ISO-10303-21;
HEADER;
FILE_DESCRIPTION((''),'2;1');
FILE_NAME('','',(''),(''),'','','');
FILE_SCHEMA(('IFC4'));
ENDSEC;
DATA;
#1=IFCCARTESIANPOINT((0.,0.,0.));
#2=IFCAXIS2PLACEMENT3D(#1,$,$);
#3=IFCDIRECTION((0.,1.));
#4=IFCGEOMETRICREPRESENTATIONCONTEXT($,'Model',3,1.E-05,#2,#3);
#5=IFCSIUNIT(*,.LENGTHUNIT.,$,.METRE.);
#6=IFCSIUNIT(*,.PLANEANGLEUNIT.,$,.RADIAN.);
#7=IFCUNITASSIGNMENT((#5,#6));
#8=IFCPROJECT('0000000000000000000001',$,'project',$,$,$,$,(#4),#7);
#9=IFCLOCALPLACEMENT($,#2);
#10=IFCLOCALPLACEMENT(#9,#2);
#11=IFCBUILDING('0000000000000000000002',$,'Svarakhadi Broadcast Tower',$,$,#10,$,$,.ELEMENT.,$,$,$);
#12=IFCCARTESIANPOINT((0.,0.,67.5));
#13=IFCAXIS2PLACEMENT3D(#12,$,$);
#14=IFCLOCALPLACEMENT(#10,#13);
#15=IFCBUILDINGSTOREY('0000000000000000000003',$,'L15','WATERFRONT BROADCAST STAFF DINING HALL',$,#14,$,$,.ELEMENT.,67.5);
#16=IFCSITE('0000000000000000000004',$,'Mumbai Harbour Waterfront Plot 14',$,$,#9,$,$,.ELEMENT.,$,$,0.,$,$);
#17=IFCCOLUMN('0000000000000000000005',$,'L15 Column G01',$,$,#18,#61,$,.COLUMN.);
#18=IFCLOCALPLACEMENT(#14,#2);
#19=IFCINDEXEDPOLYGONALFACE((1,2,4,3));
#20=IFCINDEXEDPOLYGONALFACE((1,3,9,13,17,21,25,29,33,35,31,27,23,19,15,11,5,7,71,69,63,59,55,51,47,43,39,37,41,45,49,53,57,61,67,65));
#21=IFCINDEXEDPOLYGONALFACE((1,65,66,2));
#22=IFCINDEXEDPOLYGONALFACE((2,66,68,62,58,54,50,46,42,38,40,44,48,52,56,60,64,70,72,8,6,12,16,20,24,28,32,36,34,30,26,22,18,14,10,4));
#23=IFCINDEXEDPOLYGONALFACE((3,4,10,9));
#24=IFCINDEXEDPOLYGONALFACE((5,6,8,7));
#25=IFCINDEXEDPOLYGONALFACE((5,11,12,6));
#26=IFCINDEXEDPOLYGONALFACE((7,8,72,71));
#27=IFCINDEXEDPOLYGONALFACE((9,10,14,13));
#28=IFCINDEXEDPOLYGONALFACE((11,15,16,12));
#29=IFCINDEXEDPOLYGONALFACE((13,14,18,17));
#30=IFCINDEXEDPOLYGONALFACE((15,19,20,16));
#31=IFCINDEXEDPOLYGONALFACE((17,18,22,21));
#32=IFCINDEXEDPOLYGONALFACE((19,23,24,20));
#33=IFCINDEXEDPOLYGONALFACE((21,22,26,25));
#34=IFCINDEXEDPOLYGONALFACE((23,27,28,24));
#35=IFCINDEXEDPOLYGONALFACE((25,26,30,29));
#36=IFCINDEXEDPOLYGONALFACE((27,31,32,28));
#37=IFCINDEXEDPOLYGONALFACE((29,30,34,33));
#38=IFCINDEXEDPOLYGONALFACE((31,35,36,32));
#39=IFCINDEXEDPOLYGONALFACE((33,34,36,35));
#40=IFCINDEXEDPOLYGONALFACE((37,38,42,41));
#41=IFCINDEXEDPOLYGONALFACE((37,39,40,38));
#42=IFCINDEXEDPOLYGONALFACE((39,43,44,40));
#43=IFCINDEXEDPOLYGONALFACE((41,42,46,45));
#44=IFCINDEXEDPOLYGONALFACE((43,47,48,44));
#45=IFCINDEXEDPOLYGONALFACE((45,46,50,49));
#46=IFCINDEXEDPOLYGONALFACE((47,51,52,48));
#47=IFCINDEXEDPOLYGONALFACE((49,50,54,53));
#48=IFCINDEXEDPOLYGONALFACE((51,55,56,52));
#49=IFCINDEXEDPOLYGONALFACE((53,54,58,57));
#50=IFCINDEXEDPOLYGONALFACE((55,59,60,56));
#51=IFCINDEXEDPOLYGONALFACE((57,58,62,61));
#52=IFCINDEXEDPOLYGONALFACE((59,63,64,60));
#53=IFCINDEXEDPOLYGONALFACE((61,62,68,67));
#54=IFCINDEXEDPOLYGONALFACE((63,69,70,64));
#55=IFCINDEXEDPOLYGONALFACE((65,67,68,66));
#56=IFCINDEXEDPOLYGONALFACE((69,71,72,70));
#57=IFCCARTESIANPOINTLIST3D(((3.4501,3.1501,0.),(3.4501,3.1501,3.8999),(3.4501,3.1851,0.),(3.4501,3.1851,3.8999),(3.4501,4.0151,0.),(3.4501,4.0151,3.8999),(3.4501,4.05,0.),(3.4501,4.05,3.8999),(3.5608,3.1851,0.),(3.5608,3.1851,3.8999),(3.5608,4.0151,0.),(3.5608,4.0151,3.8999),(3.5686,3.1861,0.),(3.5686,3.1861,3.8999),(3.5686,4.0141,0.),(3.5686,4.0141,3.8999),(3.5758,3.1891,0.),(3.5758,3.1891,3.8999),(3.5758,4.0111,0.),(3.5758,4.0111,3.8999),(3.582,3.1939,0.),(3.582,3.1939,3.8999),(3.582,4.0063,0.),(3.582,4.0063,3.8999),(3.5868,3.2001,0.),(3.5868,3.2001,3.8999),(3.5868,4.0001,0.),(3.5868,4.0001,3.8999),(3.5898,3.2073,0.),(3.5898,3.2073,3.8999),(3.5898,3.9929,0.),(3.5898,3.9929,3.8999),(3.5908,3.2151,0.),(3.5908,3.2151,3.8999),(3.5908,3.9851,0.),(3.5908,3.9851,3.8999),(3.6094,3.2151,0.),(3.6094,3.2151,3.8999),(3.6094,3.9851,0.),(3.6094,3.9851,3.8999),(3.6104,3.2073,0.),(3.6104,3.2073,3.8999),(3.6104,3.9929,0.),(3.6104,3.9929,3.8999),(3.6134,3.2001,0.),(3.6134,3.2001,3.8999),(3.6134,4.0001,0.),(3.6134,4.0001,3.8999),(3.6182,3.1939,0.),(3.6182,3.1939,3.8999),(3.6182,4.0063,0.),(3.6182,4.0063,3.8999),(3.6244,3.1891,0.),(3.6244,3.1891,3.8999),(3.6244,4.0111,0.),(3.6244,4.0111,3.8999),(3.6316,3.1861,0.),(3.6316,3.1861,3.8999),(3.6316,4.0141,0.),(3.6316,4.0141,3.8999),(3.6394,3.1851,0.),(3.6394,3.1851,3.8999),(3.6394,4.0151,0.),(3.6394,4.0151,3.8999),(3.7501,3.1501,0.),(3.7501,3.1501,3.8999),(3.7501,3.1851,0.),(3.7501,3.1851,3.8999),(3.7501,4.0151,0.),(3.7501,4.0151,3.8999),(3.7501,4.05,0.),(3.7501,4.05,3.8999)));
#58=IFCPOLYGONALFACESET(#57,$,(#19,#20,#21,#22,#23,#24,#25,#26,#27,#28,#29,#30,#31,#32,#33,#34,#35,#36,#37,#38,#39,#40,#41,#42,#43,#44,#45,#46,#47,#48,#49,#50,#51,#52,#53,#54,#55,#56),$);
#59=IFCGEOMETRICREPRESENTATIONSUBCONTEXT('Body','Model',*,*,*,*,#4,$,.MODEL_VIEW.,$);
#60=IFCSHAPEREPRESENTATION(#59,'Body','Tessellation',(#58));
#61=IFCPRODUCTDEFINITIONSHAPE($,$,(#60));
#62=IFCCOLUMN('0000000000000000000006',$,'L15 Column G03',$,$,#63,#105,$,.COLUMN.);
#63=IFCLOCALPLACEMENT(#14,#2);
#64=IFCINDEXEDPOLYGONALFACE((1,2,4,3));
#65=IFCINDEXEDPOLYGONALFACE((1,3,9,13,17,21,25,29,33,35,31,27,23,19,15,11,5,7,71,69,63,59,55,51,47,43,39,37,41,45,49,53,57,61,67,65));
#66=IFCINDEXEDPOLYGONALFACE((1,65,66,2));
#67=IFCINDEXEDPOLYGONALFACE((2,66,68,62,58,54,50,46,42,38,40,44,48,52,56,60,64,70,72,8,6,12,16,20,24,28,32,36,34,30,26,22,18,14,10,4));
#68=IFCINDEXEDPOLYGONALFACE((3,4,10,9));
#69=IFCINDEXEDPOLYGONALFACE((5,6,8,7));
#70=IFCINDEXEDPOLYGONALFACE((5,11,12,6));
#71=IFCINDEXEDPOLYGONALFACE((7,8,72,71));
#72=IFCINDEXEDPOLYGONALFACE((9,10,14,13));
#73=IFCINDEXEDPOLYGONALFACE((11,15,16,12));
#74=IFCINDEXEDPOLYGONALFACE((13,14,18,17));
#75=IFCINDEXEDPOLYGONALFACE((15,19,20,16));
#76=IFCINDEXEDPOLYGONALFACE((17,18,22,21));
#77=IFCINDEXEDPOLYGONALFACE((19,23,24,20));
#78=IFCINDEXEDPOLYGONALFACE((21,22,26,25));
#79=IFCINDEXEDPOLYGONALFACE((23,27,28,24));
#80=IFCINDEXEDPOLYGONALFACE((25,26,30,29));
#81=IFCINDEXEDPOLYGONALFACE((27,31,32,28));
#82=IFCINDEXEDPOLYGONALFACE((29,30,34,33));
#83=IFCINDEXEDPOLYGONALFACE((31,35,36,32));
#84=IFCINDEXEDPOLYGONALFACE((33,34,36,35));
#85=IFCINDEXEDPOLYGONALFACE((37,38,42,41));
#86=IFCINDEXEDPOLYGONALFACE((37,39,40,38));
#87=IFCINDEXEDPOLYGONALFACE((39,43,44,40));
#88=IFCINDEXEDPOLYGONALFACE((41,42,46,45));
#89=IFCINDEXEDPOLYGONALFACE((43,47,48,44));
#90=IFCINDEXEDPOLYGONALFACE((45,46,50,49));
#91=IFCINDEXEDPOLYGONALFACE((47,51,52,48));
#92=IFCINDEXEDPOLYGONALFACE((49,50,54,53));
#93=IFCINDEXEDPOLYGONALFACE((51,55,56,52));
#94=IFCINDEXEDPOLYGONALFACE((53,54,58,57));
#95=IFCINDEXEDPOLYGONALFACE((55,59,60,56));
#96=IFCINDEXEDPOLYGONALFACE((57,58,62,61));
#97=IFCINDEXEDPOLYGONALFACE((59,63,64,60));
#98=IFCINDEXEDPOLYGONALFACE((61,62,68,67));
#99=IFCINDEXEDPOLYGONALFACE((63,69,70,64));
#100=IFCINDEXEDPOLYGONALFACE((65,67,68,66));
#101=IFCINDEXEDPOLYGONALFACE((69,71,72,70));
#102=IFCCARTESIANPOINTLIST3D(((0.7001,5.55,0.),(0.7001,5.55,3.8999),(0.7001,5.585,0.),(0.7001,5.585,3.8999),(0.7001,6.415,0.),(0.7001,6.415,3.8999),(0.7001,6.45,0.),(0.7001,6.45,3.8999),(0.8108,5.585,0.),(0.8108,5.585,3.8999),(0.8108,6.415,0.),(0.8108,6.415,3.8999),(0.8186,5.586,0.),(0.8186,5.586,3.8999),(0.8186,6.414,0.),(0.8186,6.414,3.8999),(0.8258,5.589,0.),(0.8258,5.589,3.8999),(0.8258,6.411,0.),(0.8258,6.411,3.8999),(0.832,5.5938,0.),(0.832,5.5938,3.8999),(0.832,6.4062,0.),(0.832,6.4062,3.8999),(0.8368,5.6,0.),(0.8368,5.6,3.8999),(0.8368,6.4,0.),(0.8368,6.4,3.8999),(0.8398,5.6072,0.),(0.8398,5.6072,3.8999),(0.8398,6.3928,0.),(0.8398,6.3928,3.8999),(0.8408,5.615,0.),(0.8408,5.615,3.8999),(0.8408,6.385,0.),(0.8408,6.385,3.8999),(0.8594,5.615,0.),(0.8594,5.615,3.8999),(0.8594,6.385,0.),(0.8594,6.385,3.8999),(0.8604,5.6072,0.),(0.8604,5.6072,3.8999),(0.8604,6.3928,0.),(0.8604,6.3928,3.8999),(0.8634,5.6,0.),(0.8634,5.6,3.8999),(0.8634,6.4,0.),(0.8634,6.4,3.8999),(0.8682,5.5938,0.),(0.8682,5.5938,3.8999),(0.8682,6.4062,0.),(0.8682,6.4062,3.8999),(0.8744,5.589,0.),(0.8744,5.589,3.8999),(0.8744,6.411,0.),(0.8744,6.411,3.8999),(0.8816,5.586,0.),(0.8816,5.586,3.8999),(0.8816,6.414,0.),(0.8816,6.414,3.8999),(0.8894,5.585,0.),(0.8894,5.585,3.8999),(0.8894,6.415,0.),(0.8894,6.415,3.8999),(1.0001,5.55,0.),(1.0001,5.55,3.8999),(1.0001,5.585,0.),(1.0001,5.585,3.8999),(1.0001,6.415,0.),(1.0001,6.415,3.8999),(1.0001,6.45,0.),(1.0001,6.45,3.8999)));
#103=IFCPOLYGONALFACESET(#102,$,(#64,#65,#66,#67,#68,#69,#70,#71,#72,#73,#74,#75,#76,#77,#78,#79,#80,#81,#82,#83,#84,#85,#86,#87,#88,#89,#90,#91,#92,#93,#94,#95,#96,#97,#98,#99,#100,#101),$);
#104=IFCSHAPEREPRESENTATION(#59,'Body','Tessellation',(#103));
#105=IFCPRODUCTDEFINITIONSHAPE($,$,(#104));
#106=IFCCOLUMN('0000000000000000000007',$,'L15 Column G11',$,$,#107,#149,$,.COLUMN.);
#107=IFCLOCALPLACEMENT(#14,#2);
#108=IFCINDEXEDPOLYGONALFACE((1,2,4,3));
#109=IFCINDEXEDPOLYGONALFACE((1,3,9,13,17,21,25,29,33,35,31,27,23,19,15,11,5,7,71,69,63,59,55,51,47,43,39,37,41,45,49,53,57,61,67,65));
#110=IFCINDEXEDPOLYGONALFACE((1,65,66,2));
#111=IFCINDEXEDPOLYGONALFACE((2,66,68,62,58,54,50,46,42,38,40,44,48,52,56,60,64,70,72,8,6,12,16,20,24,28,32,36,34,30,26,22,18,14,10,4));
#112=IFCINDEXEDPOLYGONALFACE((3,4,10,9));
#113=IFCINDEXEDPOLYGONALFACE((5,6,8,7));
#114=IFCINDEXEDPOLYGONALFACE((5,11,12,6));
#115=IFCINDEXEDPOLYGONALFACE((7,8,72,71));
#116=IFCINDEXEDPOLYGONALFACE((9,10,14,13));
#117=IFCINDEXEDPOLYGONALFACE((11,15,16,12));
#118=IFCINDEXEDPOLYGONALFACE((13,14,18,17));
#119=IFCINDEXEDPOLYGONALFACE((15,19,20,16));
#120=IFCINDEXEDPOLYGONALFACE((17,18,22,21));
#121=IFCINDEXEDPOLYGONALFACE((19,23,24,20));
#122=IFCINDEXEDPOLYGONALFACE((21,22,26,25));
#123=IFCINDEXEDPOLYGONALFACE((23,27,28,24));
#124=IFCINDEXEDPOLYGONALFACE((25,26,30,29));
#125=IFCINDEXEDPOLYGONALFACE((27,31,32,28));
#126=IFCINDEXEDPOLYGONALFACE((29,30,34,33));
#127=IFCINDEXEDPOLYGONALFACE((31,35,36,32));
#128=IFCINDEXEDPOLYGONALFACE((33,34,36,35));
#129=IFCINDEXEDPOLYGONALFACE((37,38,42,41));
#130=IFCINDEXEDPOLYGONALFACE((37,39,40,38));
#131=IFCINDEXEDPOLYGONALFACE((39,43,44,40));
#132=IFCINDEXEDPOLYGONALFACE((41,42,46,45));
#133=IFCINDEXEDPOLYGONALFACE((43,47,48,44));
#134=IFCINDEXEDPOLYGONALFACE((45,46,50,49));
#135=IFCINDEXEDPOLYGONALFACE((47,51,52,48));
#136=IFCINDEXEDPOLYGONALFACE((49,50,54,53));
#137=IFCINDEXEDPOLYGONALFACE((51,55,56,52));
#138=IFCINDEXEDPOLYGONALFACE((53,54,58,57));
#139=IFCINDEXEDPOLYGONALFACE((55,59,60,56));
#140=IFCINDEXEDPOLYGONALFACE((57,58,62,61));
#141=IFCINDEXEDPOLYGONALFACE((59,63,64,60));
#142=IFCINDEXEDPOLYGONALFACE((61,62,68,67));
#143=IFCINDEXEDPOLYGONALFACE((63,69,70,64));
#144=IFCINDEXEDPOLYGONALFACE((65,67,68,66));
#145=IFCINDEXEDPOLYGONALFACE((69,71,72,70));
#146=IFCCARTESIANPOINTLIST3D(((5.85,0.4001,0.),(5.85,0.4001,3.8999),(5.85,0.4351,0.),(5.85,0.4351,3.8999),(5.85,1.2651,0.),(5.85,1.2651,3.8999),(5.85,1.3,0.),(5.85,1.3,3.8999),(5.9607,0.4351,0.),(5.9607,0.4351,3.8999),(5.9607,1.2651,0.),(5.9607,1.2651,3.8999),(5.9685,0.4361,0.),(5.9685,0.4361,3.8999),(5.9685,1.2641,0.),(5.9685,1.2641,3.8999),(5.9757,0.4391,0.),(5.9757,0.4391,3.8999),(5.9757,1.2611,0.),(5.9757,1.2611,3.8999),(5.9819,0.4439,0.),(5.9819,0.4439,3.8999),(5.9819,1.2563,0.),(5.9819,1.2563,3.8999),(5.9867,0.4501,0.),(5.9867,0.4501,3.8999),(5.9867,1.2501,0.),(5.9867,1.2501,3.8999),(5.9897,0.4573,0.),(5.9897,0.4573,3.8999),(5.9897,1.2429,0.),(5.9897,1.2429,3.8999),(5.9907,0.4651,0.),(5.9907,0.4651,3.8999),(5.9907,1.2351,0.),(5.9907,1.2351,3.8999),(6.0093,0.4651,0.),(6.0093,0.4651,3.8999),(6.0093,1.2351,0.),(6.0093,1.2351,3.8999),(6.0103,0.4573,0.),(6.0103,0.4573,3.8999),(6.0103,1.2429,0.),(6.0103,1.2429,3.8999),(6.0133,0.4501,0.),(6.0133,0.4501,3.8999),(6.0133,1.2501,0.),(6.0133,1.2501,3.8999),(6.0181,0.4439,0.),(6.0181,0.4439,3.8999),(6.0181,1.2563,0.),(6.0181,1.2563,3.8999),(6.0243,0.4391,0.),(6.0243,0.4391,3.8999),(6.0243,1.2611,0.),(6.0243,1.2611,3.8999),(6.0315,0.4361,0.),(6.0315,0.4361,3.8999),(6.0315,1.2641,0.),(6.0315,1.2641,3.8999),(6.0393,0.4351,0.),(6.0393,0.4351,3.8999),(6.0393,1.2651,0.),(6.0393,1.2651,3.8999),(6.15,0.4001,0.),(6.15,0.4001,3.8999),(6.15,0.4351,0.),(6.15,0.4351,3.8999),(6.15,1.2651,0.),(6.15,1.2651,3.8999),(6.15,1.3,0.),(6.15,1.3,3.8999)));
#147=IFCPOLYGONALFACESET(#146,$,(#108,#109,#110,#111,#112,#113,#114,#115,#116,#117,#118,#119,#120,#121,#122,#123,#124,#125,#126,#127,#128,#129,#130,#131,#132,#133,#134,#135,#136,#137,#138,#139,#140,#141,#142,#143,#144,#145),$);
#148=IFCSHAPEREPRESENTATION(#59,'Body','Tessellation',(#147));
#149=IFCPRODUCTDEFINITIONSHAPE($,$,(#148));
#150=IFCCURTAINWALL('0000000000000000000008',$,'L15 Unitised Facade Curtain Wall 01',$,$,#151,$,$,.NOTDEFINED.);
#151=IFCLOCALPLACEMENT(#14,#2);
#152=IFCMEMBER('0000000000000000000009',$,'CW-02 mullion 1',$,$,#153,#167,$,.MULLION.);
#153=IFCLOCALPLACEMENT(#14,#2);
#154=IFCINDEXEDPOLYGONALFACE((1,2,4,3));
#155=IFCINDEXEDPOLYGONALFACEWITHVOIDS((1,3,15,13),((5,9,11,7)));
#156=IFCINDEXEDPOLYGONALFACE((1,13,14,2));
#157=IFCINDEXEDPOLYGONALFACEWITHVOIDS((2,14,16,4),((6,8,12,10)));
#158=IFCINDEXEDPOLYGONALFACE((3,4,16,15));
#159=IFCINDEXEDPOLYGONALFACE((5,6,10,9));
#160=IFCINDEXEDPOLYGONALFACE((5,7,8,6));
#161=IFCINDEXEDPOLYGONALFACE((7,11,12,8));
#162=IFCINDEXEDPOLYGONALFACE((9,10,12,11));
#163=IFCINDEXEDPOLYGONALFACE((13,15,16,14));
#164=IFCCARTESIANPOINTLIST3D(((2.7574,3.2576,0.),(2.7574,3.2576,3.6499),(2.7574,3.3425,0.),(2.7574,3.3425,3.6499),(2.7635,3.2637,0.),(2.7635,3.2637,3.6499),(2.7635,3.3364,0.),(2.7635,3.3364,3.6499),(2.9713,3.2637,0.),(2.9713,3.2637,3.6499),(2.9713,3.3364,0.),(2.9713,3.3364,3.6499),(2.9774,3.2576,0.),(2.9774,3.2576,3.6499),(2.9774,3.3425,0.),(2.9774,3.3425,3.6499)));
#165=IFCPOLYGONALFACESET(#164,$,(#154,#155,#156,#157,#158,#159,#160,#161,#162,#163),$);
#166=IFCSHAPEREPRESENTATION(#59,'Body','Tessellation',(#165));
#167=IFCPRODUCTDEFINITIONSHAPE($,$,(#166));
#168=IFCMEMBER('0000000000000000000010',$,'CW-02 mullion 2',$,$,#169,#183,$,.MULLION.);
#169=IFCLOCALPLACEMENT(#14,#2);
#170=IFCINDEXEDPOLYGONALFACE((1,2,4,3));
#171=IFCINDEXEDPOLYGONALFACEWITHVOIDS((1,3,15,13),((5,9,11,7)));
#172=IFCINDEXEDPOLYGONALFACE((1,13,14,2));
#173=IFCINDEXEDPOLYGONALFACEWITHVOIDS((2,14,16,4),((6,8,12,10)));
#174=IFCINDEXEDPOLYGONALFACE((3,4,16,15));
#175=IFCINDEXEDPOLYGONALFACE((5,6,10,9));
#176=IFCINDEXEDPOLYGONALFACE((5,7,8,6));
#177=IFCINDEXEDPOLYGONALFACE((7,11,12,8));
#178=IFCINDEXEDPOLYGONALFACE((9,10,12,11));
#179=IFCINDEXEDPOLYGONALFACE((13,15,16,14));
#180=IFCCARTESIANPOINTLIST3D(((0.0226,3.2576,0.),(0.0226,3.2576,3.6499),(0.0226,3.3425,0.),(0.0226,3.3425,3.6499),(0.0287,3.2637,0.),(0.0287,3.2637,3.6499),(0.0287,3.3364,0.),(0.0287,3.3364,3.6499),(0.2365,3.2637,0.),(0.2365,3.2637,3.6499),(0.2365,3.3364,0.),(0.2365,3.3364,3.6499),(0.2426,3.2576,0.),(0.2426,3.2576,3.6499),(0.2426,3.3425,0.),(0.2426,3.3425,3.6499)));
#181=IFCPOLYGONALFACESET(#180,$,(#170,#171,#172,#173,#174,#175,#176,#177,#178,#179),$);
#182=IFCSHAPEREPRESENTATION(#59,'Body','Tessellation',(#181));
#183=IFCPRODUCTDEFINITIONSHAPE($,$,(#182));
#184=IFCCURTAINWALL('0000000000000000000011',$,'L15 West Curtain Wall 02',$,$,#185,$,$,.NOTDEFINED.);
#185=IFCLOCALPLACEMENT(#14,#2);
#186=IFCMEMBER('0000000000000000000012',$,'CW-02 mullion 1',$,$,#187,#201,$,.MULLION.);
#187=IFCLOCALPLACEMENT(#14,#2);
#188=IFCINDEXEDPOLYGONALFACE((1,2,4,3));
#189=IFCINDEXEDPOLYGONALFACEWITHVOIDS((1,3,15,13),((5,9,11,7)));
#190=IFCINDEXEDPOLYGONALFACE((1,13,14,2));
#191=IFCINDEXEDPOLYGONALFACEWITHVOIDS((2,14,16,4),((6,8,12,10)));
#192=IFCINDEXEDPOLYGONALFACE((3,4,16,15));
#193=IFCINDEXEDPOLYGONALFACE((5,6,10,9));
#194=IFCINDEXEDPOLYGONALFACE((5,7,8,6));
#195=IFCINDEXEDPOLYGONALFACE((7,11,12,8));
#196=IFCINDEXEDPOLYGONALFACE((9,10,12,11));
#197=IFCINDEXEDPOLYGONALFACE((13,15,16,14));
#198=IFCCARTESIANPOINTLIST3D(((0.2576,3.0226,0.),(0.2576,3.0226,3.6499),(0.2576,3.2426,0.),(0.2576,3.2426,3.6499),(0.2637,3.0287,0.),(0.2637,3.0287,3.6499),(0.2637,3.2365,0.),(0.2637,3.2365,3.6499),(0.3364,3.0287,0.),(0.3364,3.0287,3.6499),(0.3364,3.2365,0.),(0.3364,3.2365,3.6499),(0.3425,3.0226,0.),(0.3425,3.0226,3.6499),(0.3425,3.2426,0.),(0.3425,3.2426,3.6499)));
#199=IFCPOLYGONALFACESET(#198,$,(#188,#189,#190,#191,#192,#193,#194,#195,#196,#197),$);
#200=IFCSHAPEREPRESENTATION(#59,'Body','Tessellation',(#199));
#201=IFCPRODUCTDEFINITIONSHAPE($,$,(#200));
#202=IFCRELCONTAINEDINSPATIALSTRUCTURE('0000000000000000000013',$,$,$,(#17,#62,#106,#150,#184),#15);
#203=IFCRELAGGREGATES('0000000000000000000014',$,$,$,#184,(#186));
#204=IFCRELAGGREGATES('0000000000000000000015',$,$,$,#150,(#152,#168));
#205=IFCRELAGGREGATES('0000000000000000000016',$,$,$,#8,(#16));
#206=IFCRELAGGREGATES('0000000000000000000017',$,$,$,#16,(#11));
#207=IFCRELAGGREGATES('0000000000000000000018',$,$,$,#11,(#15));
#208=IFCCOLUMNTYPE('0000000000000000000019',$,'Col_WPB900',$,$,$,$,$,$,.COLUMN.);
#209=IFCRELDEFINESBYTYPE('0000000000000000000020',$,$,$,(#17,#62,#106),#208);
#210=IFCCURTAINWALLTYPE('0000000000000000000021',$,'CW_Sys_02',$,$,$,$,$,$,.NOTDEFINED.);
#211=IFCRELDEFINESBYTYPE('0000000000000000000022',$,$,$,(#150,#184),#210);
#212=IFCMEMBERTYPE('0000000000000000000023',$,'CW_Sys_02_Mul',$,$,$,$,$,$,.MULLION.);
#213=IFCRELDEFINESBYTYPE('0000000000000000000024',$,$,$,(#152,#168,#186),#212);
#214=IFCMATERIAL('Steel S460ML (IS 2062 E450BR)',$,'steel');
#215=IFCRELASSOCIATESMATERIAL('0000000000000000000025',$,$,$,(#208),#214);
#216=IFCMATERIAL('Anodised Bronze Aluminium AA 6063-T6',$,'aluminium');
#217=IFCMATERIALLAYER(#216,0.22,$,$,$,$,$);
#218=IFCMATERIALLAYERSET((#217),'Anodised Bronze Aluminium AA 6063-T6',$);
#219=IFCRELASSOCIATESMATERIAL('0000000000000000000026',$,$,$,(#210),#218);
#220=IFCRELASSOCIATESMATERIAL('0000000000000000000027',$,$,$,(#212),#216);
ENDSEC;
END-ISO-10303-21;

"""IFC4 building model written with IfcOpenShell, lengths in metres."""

from ifc_helpers import new_model, si_unit, direction, frame, origin, origin_2d, place, context, subcontext, project, spatial, hollow_rectangle, i_section, extrude, material, layer, layer_set, material_profile, profile_set, type_object, element, aggregate, save


model = new_model("IFC4")

# Units and contexts
model_context = context("Model", 3, precision=1e-05, world=origin(), true_north=direction((0.0, 1.0)))
body_context = subcontext(model_context, "Body", "Model", "MODEL_VIEW")
ifc_project = project(units=[si_unit("LENGTHUNIT", "METRE"), si_unit("PLANEANGLEUNIT", "RADIAN")], contexts=[model_context])

# Site, building, storey
site_placement = place(None, origin())
site = spatial("IfcSite", under=ifc_project, at=site_placement, Name="Mumbai Harbour Waterfront Plot 14", CompositionType="ELEMENT", RefElevation=0.0)
building_placement = place(site_placement, origin())
building = spatial("IfcBuilding", under=site, at=building_placement, Name="Svarakhadi Broadcast Tower", CompositionType="ELEMENT")
storey_placement = place(building_placement, frame((0.0, 0.0, 67.5)))
storey = spatial("IfcBuildingStorey", under=building, at=storey_placement, Name="L15", Description="WATERFRONT BROADCAST STAFF DINING HALL", CompositionType="ELEMENT", Elevation=67.5)

# Columns
ifc_material_1 = material(Name="Steel S460ML (IS 2062 E450BR)", Category="steel")
ifc_material_profile_1 = material_profile(ifc_material_1, i_section(OverallWidth=0.3, OverallDepth=0.8999, WebThickness=0.0186, FlangeThickness=0.0349, FilletRadius=0.03, at=origin_2d()), Name="WPB 900x300x291")
ifc_profile_set_1 = profile_set([ifc_material_profile_1], Name="Steel S460ML (IS 2062 E450BR)")
column_type = type_object("IfcColumnType", Name="Col_WPB900", PredefinedType="COLUMN", material=ifc_profile_set_1)
for number, where, z_axis, x_axis, name in (
    (1, (3.6001, 3.6001, 0.0), (0.0, 0.0, 1.0), (1.0, 0.0, 0.0), "L15 Column G01"),
    (2, (0.8501, 6.0, 0.0), (0.0, 0.0, 1.0), (1.0, 0.0, 0.0), "L15 Column G03"),
    (3, (6.0, 0.8501, 0.0), (0.0, 0.0, 1.0), (1.0, 0.0, 0.0), "L15 Column G11"),
):
    element("IfcColumn", number, at=place(storey_placement, frame(where, z_axis=z_axis, x_axis=x_axis)), inside=storey, type_object=column_type, Name=name, PredefinedType="COLUMN", context=body_context, shape_type="SweptSolid", body=[
        extrude(i_section(OverallWidth=0.3, OverallDepth=0.8999, WebThickness=0.0186, FlangeThickness=0.0349, FilletRadius=0.03, at=origin_2d()), origin(), (0.0, 0.0, 1.0), 3.8999),
    ])

# Curtain wall, members
ifc_material_2 = material(Name="Anodised Bronze Aluminium AA 6063-T6", Category="aluminium")
ifc_layer_1 = layer(ifc_material_2, 0.22)
ifc_layer_set_1 = layer_set([ifc_layer_1], Name="Anodised Bronze Aluminium AA 6063-T6")
curtain_wall_type = type_object("IfcCurtainWallType", Name="CW_Sys_02", PredefinedType="NOTDEFINED", material=ifc_layer_set_1)
curtain_wall_1_placement = place(storey_placement, origin())
curtain_wall_1 = element("IfcCurtainWall", 4, at=curtain_wall_1_placement, inside=storey, type_object=curtain_wall_type, Name="L15 Unitised Facade Curtain Wall 01", PredefinedType="NOTDEFINED")
ifc_material_profile_2 = material_profile(ifc_material_2, hollow_rectangle(XDim=0.085, YDim=0.22, WallThickness=0.0061, at=origin_2d()), Name="ALU MULLION 220x85x6")
ifc_profile_set_2 = profile_set([ifc_material_profile_2], Name="Anodised Bronze Aluminium AA 6063-T6")
member_type_1 = type_object("IfcMemberType", Name="CW_Sys_02_Mul", PredefinedType="MULLION", material=ifc_profile_set_2)
member_1_placement = place(storey_placement, frame((2.8674, 3.3, 0.0), z_axis=(0.0, 0.0, 1.0), x_axis=(0.0, -1.0, 0.0)))
member_1 = element("IfcMember", 5, at=member_1_placement, type_object=member_type_1, Name="CW-02 mullion 1", PredefinedType="MULLION", context=body_context, shape_type="SweptSolid", body=[
    extrude(hollow_rectangle(XDim=0.085, YDim=0.22, WallThickness=0.0061, at=origin_2d()), origin(), (0.0, 0.0, 1.0), 3.6499),
])
member_2_placement = place(storey_placement, frame((0.1326, 3.3, 0.0), z_axis=(0.0, 0.0, 1.0), x_axis=(0.0, -1.0, 0.0)))
member_2 = element("IfcMember", 6, at=member_2_placement, type_object=member_type_1, Name="CW-02 mullion 2", PredefinedType="MULLION", context=body_context, shape_type="SweptSolid", body=[
    extrude(hollow_rectangle(XDim=0.085, YDim=0.22, WallThickness=0.0061, at=origin_2d()), origin(), (0.0, 0.0, 1.0), 3.6499),
])

# Curtain wall, member
curtain_wall_2_placement = place(storey_placement, origin())
curtain_wall_2 = element("IfcCurtainWall", 7, at=curtain_wall_2_placement, inside=storey, type_object=curtain_wall_type, Name="L15 West Curtain Wall 02", PredefinedType="NOTDEFINED")
member_3_placement = place(storey_placement, frame((0.3, 3.1326, 0.0), z_axis=(0.0, 0.0, 1.0), x_axis=(-1.0, 0.0, 0.0)))
member_3 = element("IfcMember", 8, at=member_3_placement, type_object=member_type_1, Name="CW-02 mullion 1", PredefinedType="MULLION", context=body_context, shape_type="SweptSolid", body=[
    extrude(hollow_rectangle(XDim=0.085, YDim=0.22, WallThickness=0.0061, at=origin_2d()), origin(), (0.0, 0.0, 1.0), 3.6499),
])

aggregate(curtain_wall_2, [member_3])

aggregate(curtain_wall_1, [member_1, member_2])

save(model, "model.ifc")
